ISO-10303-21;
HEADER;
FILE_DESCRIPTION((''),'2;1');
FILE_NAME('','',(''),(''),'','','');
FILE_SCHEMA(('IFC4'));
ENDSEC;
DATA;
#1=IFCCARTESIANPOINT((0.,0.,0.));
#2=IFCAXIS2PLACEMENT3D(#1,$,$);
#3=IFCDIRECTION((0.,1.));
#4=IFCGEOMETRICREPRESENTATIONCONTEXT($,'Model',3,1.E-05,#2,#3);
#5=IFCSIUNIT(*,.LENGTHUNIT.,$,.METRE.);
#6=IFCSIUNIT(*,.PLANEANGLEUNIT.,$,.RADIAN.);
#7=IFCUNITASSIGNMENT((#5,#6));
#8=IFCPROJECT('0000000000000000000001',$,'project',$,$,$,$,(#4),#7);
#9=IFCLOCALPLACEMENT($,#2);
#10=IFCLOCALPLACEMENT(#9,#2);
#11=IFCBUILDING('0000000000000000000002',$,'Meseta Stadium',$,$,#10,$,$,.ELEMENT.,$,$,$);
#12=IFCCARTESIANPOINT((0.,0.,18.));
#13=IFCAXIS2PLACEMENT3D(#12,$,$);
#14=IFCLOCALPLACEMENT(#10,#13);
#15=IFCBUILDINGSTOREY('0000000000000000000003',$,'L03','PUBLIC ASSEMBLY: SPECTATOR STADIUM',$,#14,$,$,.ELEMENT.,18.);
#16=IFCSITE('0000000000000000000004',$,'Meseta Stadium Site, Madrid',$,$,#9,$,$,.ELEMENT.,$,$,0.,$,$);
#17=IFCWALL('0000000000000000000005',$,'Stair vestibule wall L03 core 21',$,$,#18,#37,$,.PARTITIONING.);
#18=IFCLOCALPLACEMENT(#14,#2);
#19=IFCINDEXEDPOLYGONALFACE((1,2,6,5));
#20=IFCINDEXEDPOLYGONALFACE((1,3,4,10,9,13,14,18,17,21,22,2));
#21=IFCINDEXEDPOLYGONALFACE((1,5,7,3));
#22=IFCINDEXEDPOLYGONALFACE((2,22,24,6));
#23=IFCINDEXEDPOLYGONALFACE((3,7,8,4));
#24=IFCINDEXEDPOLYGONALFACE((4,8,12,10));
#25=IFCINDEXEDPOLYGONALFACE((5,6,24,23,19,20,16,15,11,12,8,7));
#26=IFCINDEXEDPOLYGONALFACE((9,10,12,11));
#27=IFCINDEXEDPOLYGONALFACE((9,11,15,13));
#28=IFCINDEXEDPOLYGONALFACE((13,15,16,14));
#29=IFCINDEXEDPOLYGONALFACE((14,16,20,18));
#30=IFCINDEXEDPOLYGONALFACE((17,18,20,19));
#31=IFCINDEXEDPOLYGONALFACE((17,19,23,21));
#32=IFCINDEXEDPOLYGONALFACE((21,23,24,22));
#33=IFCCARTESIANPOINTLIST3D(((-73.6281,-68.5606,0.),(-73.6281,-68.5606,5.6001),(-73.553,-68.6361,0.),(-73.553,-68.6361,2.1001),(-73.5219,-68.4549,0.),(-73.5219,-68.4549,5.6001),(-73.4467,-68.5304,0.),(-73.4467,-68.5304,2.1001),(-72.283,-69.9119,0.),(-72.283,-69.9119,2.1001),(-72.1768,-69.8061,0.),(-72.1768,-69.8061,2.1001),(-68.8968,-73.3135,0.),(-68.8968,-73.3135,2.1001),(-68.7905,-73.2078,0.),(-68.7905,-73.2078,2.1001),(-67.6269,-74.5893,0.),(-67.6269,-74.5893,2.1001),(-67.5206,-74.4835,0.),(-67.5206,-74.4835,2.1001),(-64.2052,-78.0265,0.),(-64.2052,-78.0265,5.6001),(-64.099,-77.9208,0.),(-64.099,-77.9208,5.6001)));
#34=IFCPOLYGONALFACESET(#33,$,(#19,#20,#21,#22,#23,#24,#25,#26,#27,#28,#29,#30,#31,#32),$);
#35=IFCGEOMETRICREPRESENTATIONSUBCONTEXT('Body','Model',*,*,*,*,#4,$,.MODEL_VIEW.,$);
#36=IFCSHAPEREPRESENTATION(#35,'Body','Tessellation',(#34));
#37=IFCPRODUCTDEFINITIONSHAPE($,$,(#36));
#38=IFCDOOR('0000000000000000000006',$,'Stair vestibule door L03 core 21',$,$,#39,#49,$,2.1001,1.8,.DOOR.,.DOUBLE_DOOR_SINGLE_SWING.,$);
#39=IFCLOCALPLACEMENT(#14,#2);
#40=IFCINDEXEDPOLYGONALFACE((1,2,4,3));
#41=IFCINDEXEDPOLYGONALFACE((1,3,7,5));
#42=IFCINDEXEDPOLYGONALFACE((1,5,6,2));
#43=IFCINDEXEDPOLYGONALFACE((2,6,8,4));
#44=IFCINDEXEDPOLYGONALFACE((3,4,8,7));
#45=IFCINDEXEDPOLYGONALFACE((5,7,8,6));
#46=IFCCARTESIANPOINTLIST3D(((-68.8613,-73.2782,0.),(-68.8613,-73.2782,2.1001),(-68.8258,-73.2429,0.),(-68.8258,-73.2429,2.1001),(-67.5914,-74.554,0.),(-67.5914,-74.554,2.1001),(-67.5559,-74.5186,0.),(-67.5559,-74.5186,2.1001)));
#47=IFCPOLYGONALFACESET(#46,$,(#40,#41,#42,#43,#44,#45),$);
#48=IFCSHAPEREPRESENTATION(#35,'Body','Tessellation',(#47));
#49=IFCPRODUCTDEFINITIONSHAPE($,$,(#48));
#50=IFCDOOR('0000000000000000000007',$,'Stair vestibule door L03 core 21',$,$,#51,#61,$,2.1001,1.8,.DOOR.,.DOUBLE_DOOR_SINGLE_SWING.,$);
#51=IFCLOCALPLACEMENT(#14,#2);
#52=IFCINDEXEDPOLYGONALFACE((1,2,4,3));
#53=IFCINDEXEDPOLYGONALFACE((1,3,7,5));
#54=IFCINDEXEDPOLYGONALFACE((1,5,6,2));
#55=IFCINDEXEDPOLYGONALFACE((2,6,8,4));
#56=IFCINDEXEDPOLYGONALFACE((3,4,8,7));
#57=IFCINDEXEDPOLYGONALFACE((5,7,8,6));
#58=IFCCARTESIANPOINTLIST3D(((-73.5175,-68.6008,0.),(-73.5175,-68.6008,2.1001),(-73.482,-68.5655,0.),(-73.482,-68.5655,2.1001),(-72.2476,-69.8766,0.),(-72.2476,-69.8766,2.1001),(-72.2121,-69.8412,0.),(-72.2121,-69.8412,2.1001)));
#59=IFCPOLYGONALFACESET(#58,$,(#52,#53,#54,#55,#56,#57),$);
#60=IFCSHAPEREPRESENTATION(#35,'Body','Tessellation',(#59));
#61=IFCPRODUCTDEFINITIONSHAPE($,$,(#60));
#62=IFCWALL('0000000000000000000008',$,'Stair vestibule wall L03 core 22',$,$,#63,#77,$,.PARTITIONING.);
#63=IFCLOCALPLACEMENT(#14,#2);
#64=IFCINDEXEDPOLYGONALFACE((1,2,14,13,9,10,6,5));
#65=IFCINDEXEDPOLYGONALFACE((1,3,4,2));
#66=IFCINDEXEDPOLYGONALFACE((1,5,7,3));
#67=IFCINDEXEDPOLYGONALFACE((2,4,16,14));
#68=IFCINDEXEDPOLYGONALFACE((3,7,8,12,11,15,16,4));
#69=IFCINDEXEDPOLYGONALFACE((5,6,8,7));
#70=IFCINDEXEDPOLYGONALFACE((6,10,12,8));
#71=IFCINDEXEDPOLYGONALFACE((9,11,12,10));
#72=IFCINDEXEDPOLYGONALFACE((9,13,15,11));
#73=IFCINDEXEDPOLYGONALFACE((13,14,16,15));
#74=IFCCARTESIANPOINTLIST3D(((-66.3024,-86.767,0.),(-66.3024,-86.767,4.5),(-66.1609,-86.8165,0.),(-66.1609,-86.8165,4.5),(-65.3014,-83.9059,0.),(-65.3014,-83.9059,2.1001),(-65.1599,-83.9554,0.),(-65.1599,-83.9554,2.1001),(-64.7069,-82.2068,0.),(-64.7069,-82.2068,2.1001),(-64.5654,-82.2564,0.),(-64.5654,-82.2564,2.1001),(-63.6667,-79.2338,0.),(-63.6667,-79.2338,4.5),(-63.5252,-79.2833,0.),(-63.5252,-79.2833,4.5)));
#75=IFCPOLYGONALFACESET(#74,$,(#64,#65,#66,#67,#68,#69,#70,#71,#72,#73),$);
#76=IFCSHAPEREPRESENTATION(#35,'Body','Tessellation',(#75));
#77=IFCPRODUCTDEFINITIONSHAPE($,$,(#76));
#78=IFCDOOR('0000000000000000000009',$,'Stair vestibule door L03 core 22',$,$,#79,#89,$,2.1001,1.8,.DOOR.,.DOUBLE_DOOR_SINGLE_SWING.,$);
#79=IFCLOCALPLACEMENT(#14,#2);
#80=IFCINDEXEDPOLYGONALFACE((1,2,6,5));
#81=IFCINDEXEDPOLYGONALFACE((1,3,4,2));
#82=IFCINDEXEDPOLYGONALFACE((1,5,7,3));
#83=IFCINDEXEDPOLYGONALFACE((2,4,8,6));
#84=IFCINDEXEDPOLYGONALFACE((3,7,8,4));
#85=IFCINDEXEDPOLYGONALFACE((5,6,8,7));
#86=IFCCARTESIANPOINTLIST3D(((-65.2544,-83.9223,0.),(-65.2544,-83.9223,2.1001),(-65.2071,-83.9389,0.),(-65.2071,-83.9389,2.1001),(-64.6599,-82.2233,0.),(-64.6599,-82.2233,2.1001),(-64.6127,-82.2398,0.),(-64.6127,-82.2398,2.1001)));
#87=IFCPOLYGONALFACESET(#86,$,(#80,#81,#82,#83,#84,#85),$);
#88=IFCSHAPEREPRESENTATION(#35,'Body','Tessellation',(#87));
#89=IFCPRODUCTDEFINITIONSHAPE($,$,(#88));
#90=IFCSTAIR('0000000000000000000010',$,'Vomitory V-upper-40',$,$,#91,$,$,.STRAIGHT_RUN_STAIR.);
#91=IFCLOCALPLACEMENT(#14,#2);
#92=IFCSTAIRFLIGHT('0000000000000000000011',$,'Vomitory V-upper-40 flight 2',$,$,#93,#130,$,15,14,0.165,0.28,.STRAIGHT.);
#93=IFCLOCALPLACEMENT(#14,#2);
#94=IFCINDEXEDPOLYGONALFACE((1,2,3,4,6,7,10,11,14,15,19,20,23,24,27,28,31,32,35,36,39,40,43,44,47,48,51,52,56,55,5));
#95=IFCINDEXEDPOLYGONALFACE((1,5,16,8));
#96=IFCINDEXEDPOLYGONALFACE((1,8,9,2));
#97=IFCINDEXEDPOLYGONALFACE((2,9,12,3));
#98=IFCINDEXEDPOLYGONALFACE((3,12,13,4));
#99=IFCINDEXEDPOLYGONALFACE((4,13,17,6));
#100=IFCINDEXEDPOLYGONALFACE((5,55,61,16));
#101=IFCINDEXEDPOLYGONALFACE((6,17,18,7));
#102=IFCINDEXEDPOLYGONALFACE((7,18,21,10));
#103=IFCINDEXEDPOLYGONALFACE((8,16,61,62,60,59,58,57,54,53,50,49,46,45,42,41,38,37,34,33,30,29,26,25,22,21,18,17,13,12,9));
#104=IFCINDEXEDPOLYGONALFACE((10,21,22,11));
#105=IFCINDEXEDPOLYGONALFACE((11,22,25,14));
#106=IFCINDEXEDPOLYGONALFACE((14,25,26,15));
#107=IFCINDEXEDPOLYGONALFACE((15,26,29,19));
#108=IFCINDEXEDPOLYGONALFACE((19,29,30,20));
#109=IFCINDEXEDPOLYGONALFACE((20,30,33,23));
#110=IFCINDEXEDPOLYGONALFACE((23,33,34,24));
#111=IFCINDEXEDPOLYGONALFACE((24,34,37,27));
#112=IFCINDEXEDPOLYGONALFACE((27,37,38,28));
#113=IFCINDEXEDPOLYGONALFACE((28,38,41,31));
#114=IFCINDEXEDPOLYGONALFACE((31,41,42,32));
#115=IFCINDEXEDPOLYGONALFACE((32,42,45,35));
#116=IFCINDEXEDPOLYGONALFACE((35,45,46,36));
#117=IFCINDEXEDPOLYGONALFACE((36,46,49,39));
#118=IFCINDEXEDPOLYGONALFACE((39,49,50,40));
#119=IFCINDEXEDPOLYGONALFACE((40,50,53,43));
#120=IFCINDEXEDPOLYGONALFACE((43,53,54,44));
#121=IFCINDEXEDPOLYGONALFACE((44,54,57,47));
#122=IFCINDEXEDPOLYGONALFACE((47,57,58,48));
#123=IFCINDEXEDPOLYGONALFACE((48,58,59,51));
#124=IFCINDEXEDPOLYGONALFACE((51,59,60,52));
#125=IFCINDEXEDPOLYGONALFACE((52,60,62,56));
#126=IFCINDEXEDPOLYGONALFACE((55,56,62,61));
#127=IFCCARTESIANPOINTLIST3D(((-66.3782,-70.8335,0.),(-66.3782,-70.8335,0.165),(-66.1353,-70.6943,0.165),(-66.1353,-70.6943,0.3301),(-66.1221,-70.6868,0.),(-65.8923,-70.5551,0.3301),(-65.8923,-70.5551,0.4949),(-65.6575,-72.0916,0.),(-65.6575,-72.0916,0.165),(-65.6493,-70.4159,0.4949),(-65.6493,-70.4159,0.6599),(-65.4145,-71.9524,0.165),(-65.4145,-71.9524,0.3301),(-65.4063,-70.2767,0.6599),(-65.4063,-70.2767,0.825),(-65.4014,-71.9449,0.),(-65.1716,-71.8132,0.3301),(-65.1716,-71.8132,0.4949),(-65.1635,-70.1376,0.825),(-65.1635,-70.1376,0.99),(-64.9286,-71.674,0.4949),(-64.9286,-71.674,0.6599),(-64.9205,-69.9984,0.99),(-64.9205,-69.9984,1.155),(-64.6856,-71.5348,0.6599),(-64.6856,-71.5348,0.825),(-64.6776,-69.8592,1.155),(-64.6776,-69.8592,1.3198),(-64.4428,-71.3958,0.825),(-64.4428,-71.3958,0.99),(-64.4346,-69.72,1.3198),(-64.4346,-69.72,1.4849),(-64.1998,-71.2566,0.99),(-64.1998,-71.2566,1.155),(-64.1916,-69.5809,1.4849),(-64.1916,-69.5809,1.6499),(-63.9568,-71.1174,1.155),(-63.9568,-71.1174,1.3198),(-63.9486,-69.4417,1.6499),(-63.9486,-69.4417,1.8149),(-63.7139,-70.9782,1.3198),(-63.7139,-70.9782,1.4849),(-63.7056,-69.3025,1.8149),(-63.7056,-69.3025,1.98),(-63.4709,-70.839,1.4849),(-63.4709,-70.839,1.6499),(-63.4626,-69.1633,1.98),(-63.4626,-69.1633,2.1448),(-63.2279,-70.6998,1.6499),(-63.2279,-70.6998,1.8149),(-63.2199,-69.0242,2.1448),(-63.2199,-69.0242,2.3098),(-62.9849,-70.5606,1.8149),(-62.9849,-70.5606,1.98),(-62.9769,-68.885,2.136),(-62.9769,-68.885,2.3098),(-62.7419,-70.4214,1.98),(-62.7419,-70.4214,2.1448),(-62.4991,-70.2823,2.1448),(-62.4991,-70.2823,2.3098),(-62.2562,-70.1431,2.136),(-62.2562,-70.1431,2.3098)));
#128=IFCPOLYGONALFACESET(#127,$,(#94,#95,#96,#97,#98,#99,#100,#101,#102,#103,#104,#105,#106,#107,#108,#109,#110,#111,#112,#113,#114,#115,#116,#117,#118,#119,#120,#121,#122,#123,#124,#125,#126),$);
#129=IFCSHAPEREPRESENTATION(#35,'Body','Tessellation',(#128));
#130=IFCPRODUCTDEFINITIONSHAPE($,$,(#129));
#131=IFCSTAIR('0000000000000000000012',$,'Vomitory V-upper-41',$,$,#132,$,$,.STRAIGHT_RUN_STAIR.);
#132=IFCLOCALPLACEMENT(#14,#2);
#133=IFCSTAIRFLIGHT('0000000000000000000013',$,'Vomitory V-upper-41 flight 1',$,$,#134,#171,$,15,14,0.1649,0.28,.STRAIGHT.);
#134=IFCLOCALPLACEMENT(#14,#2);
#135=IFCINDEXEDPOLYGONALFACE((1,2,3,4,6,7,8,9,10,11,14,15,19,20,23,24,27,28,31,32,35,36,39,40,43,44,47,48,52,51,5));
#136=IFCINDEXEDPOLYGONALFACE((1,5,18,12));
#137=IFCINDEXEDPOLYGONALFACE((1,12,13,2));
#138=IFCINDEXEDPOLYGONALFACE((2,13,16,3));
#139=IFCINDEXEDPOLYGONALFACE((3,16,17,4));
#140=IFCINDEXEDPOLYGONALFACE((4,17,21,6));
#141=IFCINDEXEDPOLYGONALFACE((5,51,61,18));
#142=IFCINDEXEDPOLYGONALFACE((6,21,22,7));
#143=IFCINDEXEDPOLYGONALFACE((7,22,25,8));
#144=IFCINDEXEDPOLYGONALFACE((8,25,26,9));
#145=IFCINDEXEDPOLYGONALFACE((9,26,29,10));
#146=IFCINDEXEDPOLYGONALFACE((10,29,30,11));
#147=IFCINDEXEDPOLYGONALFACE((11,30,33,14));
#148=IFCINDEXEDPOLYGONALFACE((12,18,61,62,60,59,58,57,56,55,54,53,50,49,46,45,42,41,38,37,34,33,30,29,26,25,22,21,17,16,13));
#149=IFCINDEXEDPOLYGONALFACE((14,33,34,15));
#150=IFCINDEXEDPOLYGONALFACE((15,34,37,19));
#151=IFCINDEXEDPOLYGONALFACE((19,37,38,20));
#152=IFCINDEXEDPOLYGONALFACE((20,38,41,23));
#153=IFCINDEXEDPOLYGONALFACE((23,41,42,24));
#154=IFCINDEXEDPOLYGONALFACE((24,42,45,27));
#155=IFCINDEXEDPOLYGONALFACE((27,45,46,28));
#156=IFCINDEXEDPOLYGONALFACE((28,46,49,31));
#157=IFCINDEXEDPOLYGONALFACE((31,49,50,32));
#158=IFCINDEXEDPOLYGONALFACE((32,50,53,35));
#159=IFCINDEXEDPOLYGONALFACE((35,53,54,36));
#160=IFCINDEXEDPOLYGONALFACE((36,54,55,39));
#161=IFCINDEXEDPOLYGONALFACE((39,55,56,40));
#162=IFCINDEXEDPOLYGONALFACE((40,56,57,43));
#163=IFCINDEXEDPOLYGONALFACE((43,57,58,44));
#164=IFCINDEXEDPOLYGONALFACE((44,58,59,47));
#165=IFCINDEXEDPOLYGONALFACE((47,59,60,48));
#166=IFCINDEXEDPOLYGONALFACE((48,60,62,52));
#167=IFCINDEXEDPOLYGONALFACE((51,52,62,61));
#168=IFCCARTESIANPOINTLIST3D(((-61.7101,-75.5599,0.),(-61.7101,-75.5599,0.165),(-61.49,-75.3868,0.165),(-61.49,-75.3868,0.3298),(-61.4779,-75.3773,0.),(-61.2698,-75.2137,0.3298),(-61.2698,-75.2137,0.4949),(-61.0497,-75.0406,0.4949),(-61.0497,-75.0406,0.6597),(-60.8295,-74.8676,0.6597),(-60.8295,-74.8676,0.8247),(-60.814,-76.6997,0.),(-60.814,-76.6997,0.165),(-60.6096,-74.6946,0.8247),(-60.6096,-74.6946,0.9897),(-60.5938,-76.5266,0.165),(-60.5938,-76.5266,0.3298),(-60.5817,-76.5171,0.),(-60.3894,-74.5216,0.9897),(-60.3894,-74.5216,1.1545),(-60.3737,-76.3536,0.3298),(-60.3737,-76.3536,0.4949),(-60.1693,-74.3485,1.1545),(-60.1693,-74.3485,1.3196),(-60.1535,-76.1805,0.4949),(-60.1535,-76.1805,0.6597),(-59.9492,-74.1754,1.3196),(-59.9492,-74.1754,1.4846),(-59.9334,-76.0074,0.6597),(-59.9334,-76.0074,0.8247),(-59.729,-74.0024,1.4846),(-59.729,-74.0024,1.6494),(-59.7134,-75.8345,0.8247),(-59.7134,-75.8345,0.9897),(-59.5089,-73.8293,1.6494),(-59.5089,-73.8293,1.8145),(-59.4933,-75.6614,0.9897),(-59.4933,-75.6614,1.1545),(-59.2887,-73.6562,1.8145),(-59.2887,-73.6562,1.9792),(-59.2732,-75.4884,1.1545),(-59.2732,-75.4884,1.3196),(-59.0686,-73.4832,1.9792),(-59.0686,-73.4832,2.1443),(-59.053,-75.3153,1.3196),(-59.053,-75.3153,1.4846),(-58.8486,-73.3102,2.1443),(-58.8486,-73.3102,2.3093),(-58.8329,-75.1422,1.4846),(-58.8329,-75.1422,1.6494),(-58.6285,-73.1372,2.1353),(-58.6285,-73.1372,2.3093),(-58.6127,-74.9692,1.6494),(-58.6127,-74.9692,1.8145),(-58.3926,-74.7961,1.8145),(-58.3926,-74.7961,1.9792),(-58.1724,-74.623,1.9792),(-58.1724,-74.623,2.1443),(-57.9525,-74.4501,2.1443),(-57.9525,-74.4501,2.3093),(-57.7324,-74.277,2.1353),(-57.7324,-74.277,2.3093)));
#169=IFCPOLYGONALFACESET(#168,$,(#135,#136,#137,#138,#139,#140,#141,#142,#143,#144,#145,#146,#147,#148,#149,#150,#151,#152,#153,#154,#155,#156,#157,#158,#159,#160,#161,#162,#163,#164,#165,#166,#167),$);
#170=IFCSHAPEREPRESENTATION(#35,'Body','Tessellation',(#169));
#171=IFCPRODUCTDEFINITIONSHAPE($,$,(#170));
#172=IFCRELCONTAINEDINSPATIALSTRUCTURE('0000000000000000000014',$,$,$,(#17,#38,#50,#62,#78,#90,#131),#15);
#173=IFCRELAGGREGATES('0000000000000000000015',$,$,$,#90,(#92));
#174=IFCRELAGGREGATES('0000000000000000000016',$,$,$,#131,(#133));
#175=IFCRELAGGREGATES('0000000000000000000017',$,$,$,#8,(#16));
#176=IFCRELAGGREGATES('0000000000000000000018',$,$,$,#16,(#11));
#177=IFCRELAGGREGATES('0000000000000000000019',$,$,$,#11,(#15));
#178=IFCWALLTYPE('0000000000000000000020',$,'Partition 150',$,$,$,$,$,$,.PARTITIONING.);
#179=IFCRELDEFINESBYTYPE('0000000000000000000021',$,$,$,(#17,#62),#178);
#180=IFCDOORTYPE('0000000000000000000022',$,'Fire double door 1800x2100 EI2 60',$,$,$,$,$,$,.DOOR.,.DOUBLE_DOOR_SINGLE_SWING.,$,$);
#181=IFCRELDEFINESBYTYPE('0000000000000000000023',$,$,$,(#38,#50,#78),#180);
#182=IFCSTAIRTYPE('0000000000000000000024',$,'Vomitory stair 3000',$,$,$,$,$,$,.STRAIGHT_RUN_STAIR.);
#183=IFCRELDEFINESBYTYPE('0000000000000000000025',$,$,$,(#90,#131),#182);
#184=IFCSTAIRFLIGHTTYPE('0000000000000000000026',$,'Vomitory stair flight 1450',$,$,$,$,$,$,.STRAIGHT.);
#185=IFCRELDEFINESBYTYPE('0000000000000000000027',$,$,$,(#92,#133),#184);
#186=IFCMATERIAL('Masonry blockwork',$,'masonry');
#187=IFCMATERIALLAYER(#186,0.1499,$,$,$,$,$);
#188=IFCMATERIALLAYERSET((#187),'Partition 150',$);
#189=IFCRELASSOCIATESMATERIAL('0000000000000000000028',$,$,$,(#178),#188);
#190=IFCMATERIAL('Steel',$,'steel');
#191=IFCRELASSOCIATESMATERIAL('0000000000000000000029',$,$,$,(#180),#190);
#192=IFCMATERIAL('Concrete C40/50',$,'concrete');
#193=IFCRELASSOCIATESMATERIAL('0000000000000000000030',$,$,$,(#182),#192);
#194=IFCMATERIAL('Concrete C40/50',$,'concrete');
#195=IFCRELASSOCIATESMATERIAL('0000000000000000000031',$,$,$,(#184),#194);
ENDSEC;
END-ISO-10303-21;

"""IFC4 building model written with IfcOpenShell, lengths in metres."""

from ifc_helpers import new_model, si_unit, direction, frame, frame_2d, origin, place, context, subcontext, project, spatial, polyline, rectangle, outline, extrude, material, layer, layer_set, type_object, element, fill, aggregate, save


model = new_model("IFC4")

# Units and contexts
model_context = context("Model", 3, precision=1e-05, world=origin(), true_north=direction((0.0, 1.0)))
body_context = subcontext(model_context, "Body", "Model", "MODEL_VIEW")
ifc_project = project(units=[si_unit("LENGTHUNIT", "METRE"), si_unit("PLANEANGLEUNIT", "RADIAN")], contexts=[model_context])

# Site, building, storey
site_placement = place(None, origin())
site = spatial("IfcSite", under=ifc_project, at=site_placement, Name="Meseta Stadium Site, Madrid", CompositionType="ELEMENT", RefElevation=0.0)
building_placement = place(site_placement, origin())
building = spatial("IfcBuilding", under=site, at=building_placement, Name="Meseta Stadium", CompositionType="ELEMENT")
storey_placement = place(building_placement, frame((0.0, 0.0, 18.0)))
storey = spatial("IfcBuildingStorey", under=building, at=storey_placement, Name="L03", Description="PUBLIC ASSEMBLY: SPECTATOR STADIUM", CompositionType="ELEMENT", Elevation=18.0)

# Wall, openings, doors
ifc_material_1 = material(Name="Masonry blockwork", Category="masonry")
ifc_layer_1 = layer(ifc_material_1, 0.1499)
ifc_layer_set_1 = layer_set([ifc_layer_1], Name="Partition 150")
wall_type = type_object("IfcWallType", Name="Partition 150", PredefinedType="PARTITIONING", material=ifc_layer_set_1)
wall_1_placement = place(storey_placement, frame((-64.1521, -77.9736, 0.0), z_axis=(0.0, 0.0, 1.0), x_axis=(-0.705496, 0.708714, 0.0)))
wall_1 = element("IfcWall", 1, at=wall_1_placement, inside=storey, type_object=wall_type, Name="Stair vestibule wall L03 core 21", PredefinedType="PARTITIONING", context=body_context, shape_type="SweptSolid", body=[
    extrude(rectangle(XDim=13.3564, YDim=0.1499, at=frame_2d((6.6782, 0.0))), origin(), (0.0, 0.0, 1.0), 5.6001),
])
opening_1_placement = place(wall_1_placement, frame((4.8501, 0.0, 0.0)))
opening_1 = element("IfcOpeningElement", 2, at=opening_1_placement, cuts=wall_1, PredefinedType="OPENING", context=body_context, shape_type="SweptSolid", body=[
    extrude(rectangle(XDim=1.8, YDim=2.1001, at=frame_2d((0.8999, 1.05))), frame((0.0, 0.085, 0.0), z_axis=(0.0, -1.0, 0.0), x_axis=(1.0, 0.0, 0.0)), (0.0, 0.0, 1.0), 0.1699),
])
opening_2_placement = place(wall_1_placement, frame((11.45, 0.0, 0.0)))
opening_2 = element("IfcOpeningElement", 3, at=opening_2_placement, cuts=wall_1, PredefinedType="OPENING", context=body_context, shape_type="SweptSolid", body=[
    extrude(rectangle(XDim=1.8, YDim=2.1001, at=frame_2d((0.8999, 1.05))), frame((0.0, 0.085, 0.0), z_axis=(0.0, -1.0, 0.0), x_axis=(1.0, 0.0, 0.0)), (0.0, 0.0, 1.0), 0.1699),
])
ifc_material_2 = material(Name="Steel", Category="steel")
door_type = type_object("IfcDoorType", Name="Fire double door 1800x2100 EI2 60", OperationType="DOUBLE_DOOR_SINGLE_SWING", PredefinedType="DOOR", material=ifc_material_2)
door_1_placement = place(opening_1_placement, origin())
door_1 = element("IfcDoor", 4, at=door_1_placement, inside=storey, type_object=door_type, Name="Stair vestibule door L03 core 21", OperationType="DOUBLE_DOOR_SINGLE_SWING", OverallHeight=2.1001, OverallWidth=1.8, PredefinedType="DOOR", context=body_context, shape_type="SweptSolid", body=[
    extrude(rectangle(XDim=1.8, YDim=2.1001, at=frame_2d((0.8999, 1.05))), frame((0.0, 0.0249, 0.0), z_axis=(0.0, -1.0, 0.0), x_axis=(1.0, 0.0, 0.0)), (0.0, 0.0, 1.0), 0.05),
])
fill(opening_1, door_1)
door_2_placement = place(opening_2_placement, origin())
door_2 = element("IfcDoor", 5, at=door_2_placement, inside=storey, type_object=door_type, Name="Stair vestibule door L03 core 21", OperationType="DOUBLE_DOOR_SINGLE_SWING", OverallHeight=2.1001, OverallWidth=1.8, PredefinedType="DOOR", context=body_context, shape_type="SweptSolid", body=[
    extrude(rectangle(XDim=1.8, YDim=2.1001, at=frame_2d((0.8999, 1.05))), frame((0.0, 0.0249, 0.0), z_axis=(0.0, -1.0, 0.0), x_axis=(1.0, 0.0, 0.0)), (0.0, 0.0, 1.0), 0.05),
])
fill(opening_2, door_2)

# Wall, opening, door
wall_2_placement = place(storey_placement, frame((-63.5959, -79.2585, 0.0), z_axis=(0.0, 0.0, 1.0), x_axis=(-0.330252, -0.943893, 0.0)))
wall_2 = element("IfcWall", 6, at=wall_2_placement, inside=storey, type_object=wall_type, Name="Stair vestibule wall L03 core 22", PredefinedType="PARTITIONING", context=body_context, shape_type="SweptSolid", body=[
    extrude(rectangle(XDim=7.981, YDim=0.1499, at=frame_2d((3.9905, 0.0))), origin(), (0.0, 0.0, 1.0), 4.5),
])
opening_3_placement = place(wall_2_placement, frame((3.1499, 0.0, 0.0)))
opening_3 = element("IfcOpeningElement", 7, at=opening_3_placement, cuts=wall_2, PredefinedType="OPENING", context=body_context, shape_type="SweptSolid", body=[
    extrude(rectangle(XDim=1.8, YDim=2.1001, at=frame_2d((0.8999, 1.05))), frame((0.0, 0.085, 0.0), z_axis=(0.0, -1.0, 0.0), x_axis=(1.0, 0.0, 0.0)), (0.0, 0.0, 1.0), 0.1699),
])
door_3_placement = place(opening_3_placement, origin())
door_3 = element("IfcDoor", 8, at=door_3_placement, inside=storey, type_object=door_type, Name="Stair vestibule door L03 core 22", OperationType="DOUBLE_DOOR_SINGLE_SWING", OverallHeight=2.1001, OverallWidth=1.8, PredefinedType="DOOR", context=body_context, shape_type="SweptSolid", body=[
    extrude(rectangle(XDim=1.8, YDim=2.1001, at=frame_2d((0.8999, 1.05))), frame((0.0, 0.0249, 0.0), z_axis=(0.0, -1.0, 0.0), x_axis=(1.0, 0.0, 0.0)), (0.0, 0.0, 1.0), 0.05),
])
fill(opening_3, door_3)

# Stair, stair flight
ifc_material_3 = material(Name="Concrete C40/50", Category="concrete")
stair_type = type_object("IfcStairType", Name="Vomitory stair 3000", PredefinedType="STRAIGHT_RUN_STAIR", material=ifc_material_3)
stair_1_placement = place(storey_placement, origin())
stair_1 = element("IfcStair", 9, at=stair_1_placement, inside=storey, type_object=stair_type, Name="Vomitory V-upper-40", PredefinedType="STRAIGHT_RUN_STAIR")
ifc_material_4 = material(Name="Concrete C40/50", Category="concrete")
stair_flight_type = type_object("IfcStairFlightType", Name="Vomitory stair flight 1450", PredefinedType="STRAIGHT", material=ifc_material_4)
stair_flight_1_placement = place(storey_placement, frame((-66.0178, -71.4626, 0.0), z_axis=(0.0, 0.0, 1.0), x_axis=(0.867712, 0.497068, 0.0)))
stair_flight_1 = element("IfcStairFlight", 10, at=stair_flight_1_placement, type_object=stair_flight_type, Name="Vomitory V-upper-40 flight 2", NumberOfRisers=15, NumberOfTreads=14, PredefinedType="STRAIGHT", RiserHeight=0.165, TreadLength=0.28, context=body_context, shape_type="SweptSolid", body=[
    extrude(outline(polyline([(0.0, 0.0), (0.0, 0.165), (0.28, 0.165), (0.28, 0.3301), (0.5601, 0.3301), (0.5601, 0.4949), (0.8401, 0.4949), (0.8401, 0.6599), (1.1201, 0.6599), (1.1201, 0.825), (1.3999, 0.825), (1.3999, 0.99), (1.6799, 0.99), (1.6799, 1.155), (1.96, 1.155), (1.96, 1.3198), (2.24, 1.3198), (2.24, 1.4849), (2.52, 1.4849), (2.52, 1.6499), (2.8, 1.6499), (2.8, 1.8149), (3.0801, 1.8149), (3.0801, 1.98), (3.3601, 1.98), (3.3601, 2.1448), (3.6399, 2.1448), (3.6399, 2.3098), (3.9199, 2.3098), (3.9199, 2.136), (0.2952, 0.0), (0.0, 0.0)])), frame((0.0, 0.7251, 0.0), z_axis=(0.0, -1.0, 0.0), x_axis=(1.0, 0.0, 0.0)), (0.0, 0.0, 1.0), 1.45),
])
aggregate(stair_1, [stair_flight_1])

# Stair, stair flight
stair_2_placement = place(storey_placement, origin())
stair_2 = element("IfcStair", 11, at=stair_2_placement, inside=storey, type_object=stair_type, Name="Vomitory V-upper-41", PredefinedType="STRAIGHT_RUN_STAIR")
stair_flight_2_placement = place(storey_placement, frame((-61.262, -76.1299, 0.0), z_axis=(0.0, 0.0, 1.0), x_axis=(0.786142, 0.618046, 0.0)))
stair_flight_2 = element("IfcStairFlight", 12, at=stair_flight_2_placement, type_object=stair_flight_type, Name="Vomitory V-upper-41 flight 1", NumberOfRisers=15, NumberOfTreads=14, PredefinedType="STRAIGHT", RiserHeight=0.1649, TreadLength=0.28, context=body_context, shape_type="SweptSolid", body=[
    extrude(outline(polyline([(0.0, 0.0), (0.0, 0.165), (0.28, 0.165), (0.28, 0.3298), (0.5601, 0.3298), (0.5601, 0.4949), (0.8401, 0.4949), (0.8401, 0.6597), (1.1201, 0.6597), (1.1201, 0.8247), (1.3999, 0.8247), (1.3999, 0.9897), (1.6799, 0.9897), (1.6799, 1.1545), (1.96, 1.1545), (1.96, 1.3196), (2.24, 1.3196), (2.24, 1.4846), (2.52, 1.4846), (2.52, 1.6494), (2.8, 1.6494), (2.8, 1.8145), (3.0801, 1.8145), (3.0801, 1.9792), (3.3601, 1.9792), (3.3601, 2.1443), (3.6399, 2.1443), (3.6399, 2.3093), (3.9199, 2.3093), (3.9199, 2.1353), (0.2954, 0.0), (0.0, 0.0)])), frame((0.0, 0.7251, 0.0), z_axis=(0.0, -1.0, 0.0), x_axis=(1.0, 0.0, 0.0)), (0.0, 0.0, 1.0), 1.45),
])
aggregate(stair_2, [stair_flight_2])

save(model, "model.ifc")
